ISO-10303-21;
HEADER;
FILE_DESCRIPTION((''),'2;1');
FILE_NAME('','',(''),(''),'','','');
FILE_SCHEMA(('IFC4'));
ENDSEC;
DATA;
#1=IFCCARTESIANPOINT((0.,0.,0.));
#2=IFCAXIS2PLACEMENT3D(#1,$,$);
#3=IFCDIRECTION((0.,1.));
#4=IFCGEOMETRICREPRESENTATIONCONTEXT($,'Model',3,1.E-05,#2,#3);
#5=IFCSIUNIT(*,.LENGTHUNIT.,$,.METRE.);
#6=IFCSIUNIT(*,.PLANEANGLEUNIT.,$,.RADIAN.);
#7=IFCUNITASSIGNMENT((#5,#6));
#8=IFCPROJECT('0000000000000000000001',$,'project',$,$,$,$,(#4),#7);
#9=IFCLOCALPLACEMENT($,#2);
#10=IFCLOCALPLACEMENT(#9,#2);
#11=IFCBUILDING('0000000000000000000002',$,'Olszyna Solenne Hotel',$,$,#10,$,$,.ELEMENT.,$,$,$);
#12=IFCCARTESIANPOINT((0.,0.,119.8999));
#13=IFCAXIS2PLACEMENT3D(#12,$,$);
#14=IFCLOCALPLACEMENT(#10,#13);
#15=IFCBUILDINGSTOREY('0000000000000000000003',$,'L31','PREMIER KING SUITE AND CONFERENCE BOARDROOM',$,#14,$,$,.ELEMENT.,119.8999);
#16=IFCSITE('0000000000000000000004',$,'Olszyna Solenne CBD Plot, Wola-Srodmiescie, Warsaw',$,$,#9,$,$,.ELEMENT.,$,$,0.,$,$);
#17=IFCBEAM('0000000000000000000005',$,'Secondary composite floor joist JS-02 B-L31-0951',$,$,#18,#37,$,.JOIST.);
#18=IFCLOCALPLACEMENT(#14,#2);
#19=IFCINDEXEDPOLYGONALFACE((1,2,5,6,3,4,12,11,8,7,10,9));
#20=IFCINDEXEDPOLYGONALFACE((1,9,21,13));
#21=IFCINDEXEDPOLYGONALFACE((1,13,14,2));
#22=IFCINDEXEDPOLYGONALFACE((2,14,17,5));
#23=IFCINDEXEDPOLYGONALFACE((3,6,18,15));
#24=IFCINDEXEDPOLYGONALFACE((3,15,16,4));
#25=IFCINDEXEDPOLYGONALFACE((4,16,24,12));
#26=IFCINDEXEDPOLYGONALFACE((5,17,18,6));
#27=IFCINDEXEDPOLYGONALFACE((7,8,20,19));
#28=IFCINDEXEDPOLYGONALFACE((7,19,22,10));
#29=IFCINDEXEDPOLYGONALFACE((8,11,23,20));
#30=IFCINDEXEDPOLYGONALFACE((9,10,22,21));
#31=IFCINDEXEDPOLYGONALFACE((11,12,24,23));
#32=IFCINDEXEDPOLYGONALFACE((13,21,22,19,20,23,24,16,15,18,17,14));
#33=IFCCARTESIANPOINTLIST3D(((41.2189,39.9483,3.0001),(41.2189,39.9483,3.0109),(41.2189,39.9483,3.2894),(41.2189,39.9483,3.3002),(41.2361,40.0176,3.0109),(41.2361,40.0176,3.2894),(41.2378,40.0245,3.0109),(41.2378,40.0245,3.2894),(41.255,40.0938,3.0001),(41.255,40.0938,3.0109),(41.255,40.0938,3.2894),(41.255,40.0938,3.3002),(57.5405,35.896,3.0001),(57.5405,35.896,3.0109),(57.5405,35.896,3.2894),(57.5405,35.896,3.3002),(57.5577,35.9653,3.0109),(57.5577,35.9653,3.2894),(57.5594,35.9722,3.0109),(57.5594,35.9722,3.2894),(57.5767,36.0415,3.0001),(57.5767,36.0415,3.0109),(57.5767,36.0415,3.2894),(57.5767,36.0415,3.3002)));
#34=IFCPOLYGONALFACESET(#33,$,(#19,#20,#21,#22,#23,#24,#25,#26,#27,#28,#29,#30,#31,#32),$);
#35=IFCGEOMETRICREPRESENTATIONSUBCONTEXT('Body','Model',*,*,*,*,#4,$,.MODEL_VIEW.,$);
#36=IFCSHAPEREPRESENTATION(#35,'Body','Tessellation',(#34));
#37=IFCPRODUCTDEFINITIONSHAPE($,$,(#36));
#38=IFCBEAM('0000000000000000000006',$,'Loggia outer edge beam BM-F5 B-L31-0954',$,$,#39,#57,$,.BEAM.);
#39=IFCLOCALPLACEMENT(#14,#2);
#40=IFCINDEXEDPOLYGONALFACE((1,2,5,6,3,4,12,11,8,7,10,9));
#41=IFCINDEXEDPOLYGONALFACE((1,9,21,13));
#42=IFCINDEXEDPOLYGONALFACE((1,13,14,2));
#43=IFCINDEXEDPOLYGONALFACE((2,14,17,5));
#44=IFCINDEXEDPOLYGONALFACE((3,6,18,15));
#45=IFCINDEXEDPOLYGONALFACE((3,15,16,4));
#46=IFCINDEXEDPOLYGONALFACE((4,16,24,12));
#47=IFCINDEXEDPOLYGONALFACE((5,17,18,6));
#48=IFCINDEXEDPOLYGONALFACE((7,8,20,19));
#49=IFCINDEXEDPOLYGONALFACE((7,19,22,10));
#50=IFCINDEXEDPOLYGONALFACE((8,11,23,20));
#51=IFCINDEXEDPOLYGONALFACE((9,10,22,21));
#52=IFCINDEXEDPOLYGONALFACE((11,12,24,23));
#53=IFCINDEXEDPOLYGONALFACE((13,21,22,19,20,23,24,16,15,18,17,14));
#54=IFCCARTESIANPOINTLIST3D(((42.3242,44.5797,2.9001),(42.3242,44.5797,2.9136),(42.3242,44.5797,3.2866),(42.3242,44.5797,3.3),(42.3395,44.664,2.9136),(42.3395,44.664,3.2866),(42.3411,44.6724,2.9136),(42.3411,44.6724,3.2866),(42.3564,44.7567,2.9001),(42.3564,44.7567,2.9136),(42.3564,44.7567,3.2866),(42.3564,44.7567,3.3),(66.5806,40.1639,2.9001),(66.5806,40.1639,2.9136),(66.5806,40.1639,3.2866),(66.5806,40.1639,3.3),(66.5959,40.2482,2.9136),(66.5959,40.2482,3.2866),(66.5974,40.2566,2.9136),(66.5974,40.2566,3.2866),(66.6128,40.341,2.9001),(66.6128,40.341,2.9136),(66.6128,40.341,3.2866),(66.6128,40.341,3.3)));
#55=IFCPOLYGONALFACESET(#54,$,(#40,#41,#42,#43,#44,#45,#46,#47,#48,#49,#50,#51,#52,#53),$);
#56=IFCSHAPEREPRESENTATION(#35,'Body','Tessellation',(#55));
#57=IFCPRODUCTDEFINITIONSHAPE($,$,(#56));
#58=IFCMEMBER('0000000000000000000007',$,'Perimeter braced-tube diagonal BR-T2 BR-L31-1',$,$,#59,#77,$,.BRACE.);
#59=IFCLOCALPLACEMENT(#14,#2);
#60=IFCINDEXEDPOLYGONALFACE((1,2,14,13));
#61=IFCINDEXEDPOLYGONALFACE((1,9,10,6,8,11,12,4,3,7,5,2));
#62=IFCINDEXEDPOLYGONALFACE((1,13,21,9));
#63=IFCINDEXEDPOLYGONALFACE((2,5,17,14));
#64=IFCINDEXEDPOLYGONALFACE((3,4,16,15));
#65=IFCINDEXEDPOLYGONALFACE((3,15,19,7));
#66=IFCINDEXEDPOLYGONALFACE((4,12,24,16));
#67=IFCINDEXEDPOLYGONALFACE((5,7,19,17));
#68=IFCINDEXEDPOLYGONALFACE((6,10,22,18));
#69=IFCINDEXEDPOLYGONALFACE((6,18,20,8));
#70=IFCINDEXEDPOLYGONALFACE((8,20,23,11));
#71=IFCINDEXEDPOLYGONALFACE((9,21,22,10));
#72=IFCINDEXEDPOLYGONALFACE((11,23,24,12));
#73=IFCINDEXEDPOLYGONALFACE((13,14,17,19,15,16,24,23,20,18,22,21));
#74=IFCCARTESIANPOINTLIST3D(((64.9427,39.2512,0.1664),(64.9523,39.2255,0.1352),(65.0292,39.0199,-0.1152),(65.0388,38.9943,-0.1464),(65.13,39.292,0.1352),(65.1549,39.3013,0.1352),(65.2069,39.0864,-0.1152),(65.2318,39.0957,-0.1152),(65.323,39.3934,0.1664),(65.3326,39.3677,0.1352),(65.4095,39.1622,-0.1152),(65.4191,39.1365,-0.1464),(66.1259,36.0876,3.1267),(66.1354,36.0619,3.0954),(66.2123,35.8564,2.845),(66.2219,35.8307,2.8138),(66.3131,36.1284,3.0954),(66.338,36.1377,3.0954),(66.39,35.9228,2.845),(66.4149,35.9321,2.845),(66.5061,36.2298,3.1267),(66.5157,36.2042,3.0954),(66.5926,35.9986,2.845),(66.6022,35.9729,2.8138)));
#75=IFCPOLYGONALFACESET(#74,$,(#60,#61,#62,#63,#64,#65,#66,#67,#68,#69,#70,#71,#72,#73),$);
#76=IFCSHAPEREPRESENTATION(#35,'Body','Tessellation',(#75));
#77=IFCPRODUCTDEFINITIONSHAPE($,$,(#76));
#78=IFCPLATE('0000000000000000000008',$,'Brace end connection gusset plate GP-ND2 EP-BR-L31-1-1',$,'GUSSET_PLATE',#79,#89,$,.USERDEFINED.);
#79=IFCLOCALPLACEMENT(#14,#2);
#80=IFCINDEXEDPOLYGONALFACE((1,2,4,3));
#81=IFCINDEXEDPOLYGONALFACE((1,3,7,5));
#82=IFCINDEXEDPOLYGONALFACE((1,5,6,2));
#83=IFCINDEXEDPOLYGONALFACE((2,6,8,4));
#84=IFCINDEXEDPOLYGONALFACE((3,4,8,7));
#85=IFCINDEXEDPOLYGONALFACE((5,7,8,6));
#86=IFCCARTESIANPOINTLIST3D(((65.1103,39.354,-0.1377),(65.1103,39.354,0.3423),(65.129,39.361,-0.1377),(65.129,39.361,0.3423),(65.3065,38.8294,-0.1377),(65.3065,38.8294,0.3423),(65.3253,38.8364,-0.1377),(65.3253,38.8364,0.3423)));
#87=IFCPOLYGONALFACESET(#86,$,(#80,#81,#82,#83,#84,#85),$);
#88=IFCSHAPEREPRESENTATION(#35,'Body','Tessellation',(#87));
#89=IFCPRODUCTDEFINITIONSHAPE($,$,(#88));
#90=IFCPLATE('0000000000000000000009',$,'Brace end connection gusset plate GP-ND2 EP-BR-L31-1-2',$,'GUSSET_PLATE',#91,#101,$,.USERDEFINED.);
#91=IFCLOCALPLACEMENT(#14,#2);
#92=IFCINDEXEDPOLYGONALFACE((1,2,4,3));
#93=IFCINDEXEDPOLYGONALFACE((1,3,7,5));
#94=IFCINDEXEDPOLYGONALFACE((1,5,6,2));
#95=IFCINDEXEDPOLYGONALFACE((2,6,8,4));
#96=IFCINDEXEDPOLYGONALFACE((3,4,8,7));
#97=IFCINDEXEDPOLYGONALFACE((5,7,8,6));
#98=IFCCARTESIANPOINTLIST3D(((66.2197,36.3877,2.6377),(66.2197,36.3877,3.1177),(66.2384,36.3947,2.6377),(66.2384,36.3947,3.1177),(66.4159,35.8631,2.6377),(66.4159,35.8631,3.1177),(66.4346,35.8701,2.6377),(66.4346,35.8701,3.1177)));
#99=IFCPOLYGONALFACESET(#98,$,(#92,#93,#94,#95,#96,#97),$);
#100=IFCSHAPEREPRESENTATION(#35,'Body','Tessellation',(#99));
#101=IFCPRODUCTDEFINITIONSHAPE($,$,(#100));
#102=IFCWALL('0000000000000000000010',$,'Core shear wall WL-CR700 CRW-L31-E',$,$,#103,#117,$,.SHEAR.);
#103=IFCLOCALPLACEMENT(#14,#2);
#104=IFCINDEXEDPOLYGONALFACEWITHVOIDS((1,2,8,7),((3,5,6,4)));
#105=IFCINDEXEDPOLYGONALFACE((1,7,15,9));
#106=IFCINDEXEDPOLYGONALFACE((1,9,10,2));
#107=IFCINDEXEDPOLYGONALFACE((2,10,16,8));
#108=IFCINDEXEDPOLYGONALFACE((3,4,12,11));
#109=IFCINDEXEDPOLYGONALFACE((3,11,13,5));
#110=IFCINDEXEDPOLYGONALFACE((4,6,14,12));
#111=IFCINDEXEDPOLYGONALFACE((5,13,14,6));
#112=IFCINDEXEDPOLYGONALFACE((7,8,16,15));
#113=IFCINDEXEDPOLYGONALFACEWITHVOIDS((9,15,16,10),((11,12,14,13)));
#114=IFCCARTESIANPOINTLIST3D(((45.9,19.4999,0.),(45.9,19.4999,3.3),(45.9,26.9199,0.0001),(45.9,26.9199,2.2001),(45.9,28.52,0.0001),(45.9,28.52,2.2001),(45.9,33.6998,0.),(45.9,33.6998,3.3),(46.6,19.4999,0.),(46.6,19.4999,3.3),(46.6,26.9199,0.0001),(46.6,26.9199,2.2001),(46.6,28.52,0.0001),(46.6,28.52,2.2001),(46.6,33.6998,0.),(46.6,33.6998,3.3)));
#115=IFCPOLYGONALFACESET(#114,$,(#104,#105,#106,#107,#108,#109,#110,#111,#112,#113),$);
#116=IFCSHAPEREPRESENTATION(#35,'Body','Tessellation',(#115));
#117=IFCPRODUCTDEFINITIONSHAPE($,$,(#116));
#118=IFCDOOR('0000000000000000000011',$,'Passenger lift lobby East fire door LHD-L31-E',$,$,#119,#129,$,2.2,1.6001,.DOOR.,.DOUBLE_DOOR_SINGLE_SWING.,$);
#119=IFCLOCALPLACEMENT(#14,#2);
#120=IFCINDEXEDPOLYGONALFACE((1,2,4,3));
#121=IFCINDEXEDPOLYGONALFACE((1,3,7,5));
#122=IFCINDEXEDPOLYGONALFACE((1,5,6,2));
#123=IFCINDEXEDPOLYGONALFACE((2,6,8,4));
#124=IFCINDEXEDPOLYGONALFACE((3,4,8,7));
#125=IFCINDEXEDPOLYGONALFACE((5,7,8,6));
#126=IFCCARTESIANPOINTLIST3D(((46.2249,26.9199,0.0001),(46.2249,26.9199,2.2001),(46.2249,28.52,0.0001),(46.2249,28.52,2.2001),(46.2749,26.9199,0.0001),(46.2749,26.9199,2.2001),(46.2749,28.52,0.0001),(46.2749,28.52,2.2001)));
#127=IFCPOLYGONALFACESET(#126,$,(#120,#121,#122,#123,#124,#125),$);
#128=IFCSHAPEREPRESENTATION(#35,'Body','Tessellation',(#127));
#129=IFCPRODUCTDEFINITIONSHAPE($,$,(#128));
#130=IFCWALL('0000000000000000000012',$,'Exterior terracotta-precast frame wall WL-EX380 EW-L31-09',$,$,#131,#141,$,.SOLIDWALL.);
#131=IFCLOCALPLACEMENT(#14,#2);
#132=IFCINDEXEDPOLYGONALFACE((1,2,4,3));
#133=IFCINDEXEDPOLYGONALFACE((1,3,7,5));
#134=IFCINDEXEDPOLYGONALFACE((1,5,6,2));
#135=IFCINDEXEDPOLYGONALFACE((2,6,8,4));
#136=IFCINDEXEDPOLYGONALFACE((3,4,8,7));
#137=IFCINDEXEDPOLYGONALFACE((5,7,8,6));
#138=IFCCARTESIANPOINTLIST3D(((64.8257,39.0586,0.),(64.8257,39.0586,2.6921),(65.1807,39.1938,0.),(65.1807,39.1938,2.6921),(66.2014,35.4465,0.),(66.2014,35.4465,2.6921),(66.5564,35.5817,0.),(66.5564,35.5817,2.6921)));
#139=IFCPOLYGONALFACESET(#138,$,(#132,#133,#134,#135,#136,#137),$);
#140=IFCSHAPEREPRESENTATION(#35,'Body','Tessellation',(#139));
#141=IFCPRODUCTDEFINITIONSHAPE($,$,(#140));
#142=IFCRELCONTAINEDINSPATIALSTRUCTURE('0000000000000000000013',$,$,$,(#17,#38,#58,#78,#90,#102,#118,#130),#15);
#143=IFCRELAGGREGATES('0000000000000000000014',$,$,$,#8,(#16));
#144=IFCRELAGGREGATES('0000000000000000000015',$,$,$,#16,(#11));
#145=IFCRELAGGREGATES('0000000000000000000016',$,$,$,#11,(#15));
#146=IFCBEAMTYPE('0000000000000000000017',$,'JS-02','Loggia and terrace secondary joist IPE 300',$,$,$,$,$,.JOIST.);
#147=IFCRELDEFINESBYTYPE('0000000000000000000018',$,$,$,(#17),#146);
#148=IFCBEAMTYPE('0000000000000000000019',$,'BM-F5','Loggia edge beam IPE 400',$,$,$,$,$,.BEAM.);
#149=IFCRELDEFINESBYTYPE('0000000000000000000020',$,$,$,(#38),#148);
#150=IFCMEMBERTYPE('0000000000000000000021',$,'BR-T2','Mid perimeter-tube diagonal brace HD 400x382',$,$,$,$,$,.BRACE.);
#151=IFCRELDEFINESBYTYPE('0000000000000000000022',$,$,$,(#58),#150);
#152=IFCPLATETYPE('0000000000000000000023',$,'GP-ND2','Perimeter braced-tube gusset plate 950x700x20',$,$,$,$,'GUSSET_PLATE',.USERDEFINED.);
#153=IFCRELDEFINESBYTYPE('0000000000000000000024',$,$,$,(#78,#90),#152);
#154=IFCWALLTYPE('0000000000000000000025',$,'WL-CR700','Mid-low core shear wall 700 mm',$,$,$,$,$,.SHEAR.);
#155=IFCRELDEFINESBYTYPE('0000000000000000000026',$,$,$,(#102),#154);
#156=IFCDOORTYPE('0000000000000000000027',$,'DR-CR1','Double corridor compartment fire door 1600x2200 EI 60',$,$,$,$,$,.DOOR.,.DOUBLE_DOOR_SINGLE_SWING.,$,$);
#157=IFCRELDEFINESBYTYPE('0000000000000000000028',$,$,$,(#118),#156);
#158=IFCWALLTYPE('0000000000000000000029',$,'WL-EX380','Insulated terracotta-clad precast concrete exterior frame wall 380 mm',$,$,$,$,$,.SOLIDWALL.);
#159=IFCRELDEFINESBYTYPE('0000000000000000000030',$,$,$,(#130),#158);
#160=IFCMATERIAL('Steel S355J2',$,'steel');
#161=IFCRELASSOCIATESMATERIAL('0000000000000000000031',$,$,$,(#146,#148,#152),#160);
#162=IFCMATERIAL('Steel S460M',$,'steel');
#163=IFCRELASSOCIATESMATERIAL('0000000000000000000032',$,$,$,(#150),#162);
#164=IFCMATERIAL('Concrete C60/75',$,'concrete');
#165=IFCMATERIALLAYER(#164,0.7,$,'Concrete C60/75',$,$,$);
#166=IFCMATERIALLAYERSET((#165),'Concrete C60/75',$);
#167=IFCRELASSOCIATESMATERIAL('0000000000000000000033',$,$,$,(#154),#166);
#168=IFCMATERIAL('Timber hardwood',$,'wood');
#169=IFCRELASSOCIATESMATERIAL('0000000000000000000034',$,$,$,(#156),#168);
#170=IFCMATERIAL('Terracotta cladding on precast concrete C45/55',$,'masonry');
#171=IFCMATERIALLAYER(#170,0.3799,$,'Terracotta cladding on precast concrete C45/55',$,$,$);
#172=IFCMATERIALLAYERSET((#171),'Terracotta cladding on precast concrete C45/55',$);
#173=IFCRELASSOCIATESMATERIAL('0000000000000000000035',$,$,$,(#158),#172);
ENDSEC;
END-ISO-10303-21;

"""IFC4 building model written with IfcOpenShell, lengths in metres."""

from ifc_helpers import new_model, si_unit, direction, frame, frame_2d, origin, origin_2d, place, context, subcontext, project, spatial, rectangle, i_section, extrude, source, transform, mapped, material, layer, layer_set, material_profile, profile_set, type_object, type_shapes, element, fill, save


model = new_model("IFC4")

# Units and contexts
model_context = context("Model", 3, precision=1e-05, world=origin(), true_north=direction((0.0, 1.0)))
body_context = subcontext(model_context, "Body", "Model", "MODEL_VIEW")
ifc_project = project(units=[si_unit("LENGTHUNIT", "METRE"), si_unit("PLANEANGLEUNIT", "RADIAN")], contexts=[model_context])

# Site, building, storey
site_placement = place(None, origin())
site = spatial("IfcSite", under=ifc_project, at=site_placement, Name="Olszyna Solenne CBD Plot, Wola-Srodmiescie, Warsaw", CompositionType="ELEMENT", RefElevation=0.0)
building_placement = place(site_placement, origin())
building = spatial("IfcBuilding", under=site, at=building_placement, Name="Olszyna Solenne Hotel", CompositionType="ELEMENT")
storey_placement = place(building_placement, frame((0.0, 0.0, 119.8999)))
storey = spatial("IfcBuildingStorey", under=building, at=storey_placement, Name="L31", Description="PREMIER KING SUITE AND CONFERENCE BOARDROOM", CompositionType="ELEMENT", Elevation=119.8999)

# Shared definitions
ifc_material_1 = material(Name="Steel S460M", Category="steel")

# Beams
ifc_material_2 = material(Name="Steel S355J2", Category="steel")
ifc_material_profile_1 = material_profile(ifc_material_2, i_section(OverallWidth=0.1499, OverallDepth=0.3, WebThickness=0.0071, FlangeThickness=0.0107, at=origin_2d()), Name="IPE 300", Category="load-bearing")
ifc_profile_set_1 = profile_set([ifc_material_profile_1], Name="Steel S355J2")
beam_type_1 = type_object("IfcBeamType", Name="JS-02", Description="Loggia and terrace secondary joist IPE 300", PredefinedType="JOIST", material=ifc_profile_set_1)
shared_shape_1 = source(origin(), body_context, "Body", "SweptSolid", [
    extrude(i_section(OverallWidth=0.1499, OverallDepth=0.3, WebThickness=0.0071, FlangeThickness=0.0107, at=origin_2d()), origin(), (0.0, 0.0, 1.0), 16.8171),
])
beam_1_placement = place(storey_placement, frame((57.5586, 35.9688, 3.1501), z_axis=(-0.970535, 0.240961, 0.0), x_axis=(-0.240961, -0.970535, 0.0)))
element("IfcBeam", 1, at=beam_1_placement, inside=storey, type_object=beam_type_1, Name="Secondary composite floor joist JS-02 B-L31-0951", PredefinedType="JOIST", context=body_context, shape_type="MappedRepresentation", body=[
    mapped(shared_shape_1, transform((0.0, 0.0, 0.0), x_axis=(1.0, 0.0, 0.0), y_axis=(0.0, 1.0, 0.0), z_axis=(0.0, 0.0, 1.0), scale=1.0)),
])
ifc_material_profile_2 = material_profile(ifc_material_2, i_section(OverallWidth=0.1799, OverallDepth=0.3999, WebThickness=0.0085, FlangeThickness=0.0134, at=origin_2d()), Name="IPE 400", Category="load-bearing")
ifc_profile_set_2 = profile_set([ifc_material_profile_2], Name="Steel S355J2")
beam_type_2 = type_object("IfcBeamType", Name="BM-F5", Description="Loggia edge beam IPE 400", PredefinedType="BEAM", material=ifc_profile_set_2)
shared_shape_2 = source(origin(), body_context, "Body", "SweptSolid", [
    extrude(i_section(OverallWidth=0.1799, OverallDepth=0.3999, WebThickness=0.0085, FlangeThickness=0.0134, at=origin_2d()), origin(), (0.0, 0.0, 1.0), 24.655),
])
beam_2_placement = place(storey_placement, frame((66.5967, 40.2524, 3.1001), z_axis=(-0.98383, 0.179102, 0.0), x_axis=(-0.179102, -0.98383, 0.0)))
element("IfcBeam", 2, at=beam_2_placement, inside=storey, type_object=beam_type_2, Name="Loggia outer edge beam BM-F5 B-L31-0954", PredefinedType="BEAM", context=body_context, shape_type="MappedRepresentation", body=[
    mapped(shared_shape_2, transform((0.0, 0.0, 0.0), x_axis=(1.0, 0.0, 0.0), y_axis=(0.0, 1.0, 0.0), z_axis=(0.0, 0.0, 1.0), scale=1.0)),
])

# Member
ifc_material_profile_3 = material_profile(ifc_material_1, i_section(OverallWidth=0.406, OverallDepth=0.416, WebThickness=0.0266, FlangeThickness=0.0415, at=origin_2d()), Name="HD 400x382", Category="load-bearing")
ifc_profile_set_3 = profile_set([ifc_material_profile_3], Name="Steel S460M")
member_type = type_object("IfcMemberType", Name="BR-T2", Description="Mid perimeter-tube diagonal brace HD 400x382", PredefinedType="BRACE", material=ifc_profile_set_3)
shared_shape_3 = source(origin(), body_context, "Body", "SweptSolid", [
    extrude(i_section(OverallWidth=0.406, OverallDepth=0.416, WebThickness=0.0266, FlangeThickness=0.0415, at=origin_2d()), origin(), (0.0, 0.0, 1.0), 4.4912),
])
member_placement = place(storey_placement, frame((65.1809, 39.1938, 0.01), z_axis=(0.263428, -0.704396, 0.659114), x_axis=(0.936644, 0.350284, 0.0)))
element("IfcMember", 3, at=member_placement, inside=storey, type_object=member_type, Name="Perimeter braced-tube diagonal BR-T2 BR-L31-1", PredefinedType="BRACE", context=body_context, shape_type="MappedRepresentation", body=[
    mapped(shared_shape_3, transform((0.0, 0.0, 0.0), x_axis=(1.0, 0.0, 0.0), y_axis=(0.0, 1.0, 0.0), z_axis=(0.0, 0.0, 1.0), scale=1.0)),
])

# Plates
plate_type = type_object("IfcPlateType", Name="GP-ND2", Description="Perimeter braced-tube gusset plate 950x700x20", ElementType="GUSSET_PLATE", PredefinedType="USERDEFINED", material=ifc_material_2)
shared_shape_4 = source(origin(), body_context, "Body", "SweptSolid", [
    extrude(rectangle(XDim=0.5601, YDim=0.02, at=origin_2d()), origin(), (0.0, 0.0, 1.0), 0.48),
])
for number, where, z_axis, x_axis, name in (
    (4, (65.2178, 39.0952, -0.1377), (0.0, 0.0, 1.0), (0.350371, -0.936611, 0.0), "Brace end connection gusset plate GP-ND2 EP-BR-L31-1-1"),
    (5, (66.3271, 36.1289, 2.6377), (0.0, 0.0, 1.0), (0.350371, -0.936611, 0.0), "Brace end connection gusset plate GP-ND2 EP-BR-L31-1-2"),
):
    element("IfcPlate", number, at=place(storey_placement, frame(where, z_axis=z_axis, x_axis=x_axis)), inside=storey, type_object=plate_type, Name=name, ObjectType="GUSSET_PLATE", PredefinedType="USERDEFINED", context=body_context, shape_type="MappedRepresentation", body=[
        mapped(shared_shape_4, transform((0.0, 0.0, 0.0), x_axis=(1.0, 0.0, 0.0), y_axis=(0.0, 1.0, 0.0), z_axis=(0.0, 0.0, 1.0), scale=1.0)),
    ])

# Wall, opening, door
ifc_material_3 = material(Name="Concrete C60/75", Category="concrete")
ifc_layer_1 = layer(ifc_material_3, 0.7, Name="Concrete C60/75")
ifc_layer_set_1 = layer_set([ifc_layer_1], Name="Concrete C60/75")
wall_type_1 = type_object("IfcWallType", Name="WL-CR700", Description="Mid-low core shear wall 700 mm", PredefinedType="SHEAR", material=ifc_layer_set_1)
wall_1_placement = place(storey_placement, frame((46.25, 33.7, 0.0), z_axis=(0.0, 0.0, 1.0), x_axis=(0.0, -1.0, 0.0)))
wall_1 = element("IfcWall", 6, at=wall_1_placement, inside=storey, type_object=wall_type_1, Name="Core shear wall WL-CR700 CRW-L31-E", PredefinedType="SHEAR", context=body_context, shape_type="SweptSolid", body=[
    extrude(rectangle(XDim=14.2, YDim=0.7, at=frame_2d((7.1001, 0.0))), origin(), (0.0, 0.0, 1.0), 3.3),
])
opening_1_placement = place(wall_1_placement, frame((5.1799, 0.0, 0.0)))
opening_1 = element("IfcOpeningElement", 7, at=opening_1_placement, cuts=wall_1, PredefinedType="OPENING", context=body_context, shape_type="SweptSolid", body=[
    extrude(rectangle(XDim=1.6001, YDim=2.2, at=frame_2d((0.8, 1.1001))), frame((0.0, 0.3599, 0.0), z_axis=(0.0, -1.0, 0.0), x_axis=(1.0, 0.0, 0.0)), (0.0, 0.0, 1.0), 0.72),
])
ifc_material_4 = material(Name="Timber hardwood", Category="wood")
door_type_1 = type_object("IfcDoorType", Name="DR-CR1", Description="Double corridor compartment fire door 1600x2200 EI 60", OperationType="DOUBLE_DOOR_SINGLE_SWING", PredefinedType="DOOR", material=ifc_material_4)
shared_shape_5 = source(origin(), body_context, "Body", "SweptSolid", [
    extrude(rectangle(XDim=1.6001, YDim=2.2, at=frame_2d((0.8, 1.1001))), frame((0.0, 0.0249, 0.0), z_axis=(0.0, -1.0, 0.0), x_axis=(1.0, 0.0, 0.0)), (0.0, 0.0, 1.0), 0.05),
])
type_shapes(door_type_1, [shared_shape_5])
door_1_placement = place(opening_1_placement, origin())
door_1 = element("IfcDoor", 8, at=door_1_placement, inside=storey, type_object=door_type_1, Name="Passenger lift lobby East fire door LHD-L31-E", OperationType="DOUBLE_DOOR_SINGLE_SWING", OverallHeight=2.2, OverallWidth=1.6001, PredefinedType="DOOR", context=body_context, shape_type="MappedRepresentation", body=[
    mapped(shared_shape_5, transform((0.0, 0.0, 0.0), x_axis=(1.0, 0.0, 0.0), y_axis=(0.0, 1.0, 0.0), z_axis=(0.0, 0.0, 1.0), scale=1.0)),
])
fill(opening_1, door_1)

# Wall
ifc_material_5 = material(Name="Terracotta cladding on precast concrete C45/55", Category="masonry")
ifc_layer_2 = layer(ifc_material_5, 0.3799, Name="Terracotta cladding on precast concrete C45/55")
ifc_layer_set_2 = layer_set([ifc_layer_2], Name="Terracotta cladding on precast concrete C45/55")
wall_type_2 = type_object("IfcWallType", Name="WL-EX380", Description="Insulated terracotta-clad precast concrete exterior frame wall 380 mm", PredefinedType="SOLIDWALL", material=ifc_layer_set_2)
wall_2_placement = place(storey_placement, frame((65.0032, 39.1262, 0.0), z_axis=(0.0, 0.0, 1.0), x_axis=(0.35593, -0.934513, 0.0)))
element("IfcWall", 9, at=wall_2_placement, inside=storey, type_object=wall_type_2, Name="Exterior terracotta-precast frame wall WL-EX380 EW-L31-09", PredefinedType="SOLIDWALL", context=body_context, shape_type="SweptSolid", body=[
    extrude(rectangle(XDim=3.8652, YDim=0.3799, at=frame_2d((1.9326, 0.0))), origin(), (0.0, 0.0, 1.0), 2.6921),
])

save(model, "model.ifc")
